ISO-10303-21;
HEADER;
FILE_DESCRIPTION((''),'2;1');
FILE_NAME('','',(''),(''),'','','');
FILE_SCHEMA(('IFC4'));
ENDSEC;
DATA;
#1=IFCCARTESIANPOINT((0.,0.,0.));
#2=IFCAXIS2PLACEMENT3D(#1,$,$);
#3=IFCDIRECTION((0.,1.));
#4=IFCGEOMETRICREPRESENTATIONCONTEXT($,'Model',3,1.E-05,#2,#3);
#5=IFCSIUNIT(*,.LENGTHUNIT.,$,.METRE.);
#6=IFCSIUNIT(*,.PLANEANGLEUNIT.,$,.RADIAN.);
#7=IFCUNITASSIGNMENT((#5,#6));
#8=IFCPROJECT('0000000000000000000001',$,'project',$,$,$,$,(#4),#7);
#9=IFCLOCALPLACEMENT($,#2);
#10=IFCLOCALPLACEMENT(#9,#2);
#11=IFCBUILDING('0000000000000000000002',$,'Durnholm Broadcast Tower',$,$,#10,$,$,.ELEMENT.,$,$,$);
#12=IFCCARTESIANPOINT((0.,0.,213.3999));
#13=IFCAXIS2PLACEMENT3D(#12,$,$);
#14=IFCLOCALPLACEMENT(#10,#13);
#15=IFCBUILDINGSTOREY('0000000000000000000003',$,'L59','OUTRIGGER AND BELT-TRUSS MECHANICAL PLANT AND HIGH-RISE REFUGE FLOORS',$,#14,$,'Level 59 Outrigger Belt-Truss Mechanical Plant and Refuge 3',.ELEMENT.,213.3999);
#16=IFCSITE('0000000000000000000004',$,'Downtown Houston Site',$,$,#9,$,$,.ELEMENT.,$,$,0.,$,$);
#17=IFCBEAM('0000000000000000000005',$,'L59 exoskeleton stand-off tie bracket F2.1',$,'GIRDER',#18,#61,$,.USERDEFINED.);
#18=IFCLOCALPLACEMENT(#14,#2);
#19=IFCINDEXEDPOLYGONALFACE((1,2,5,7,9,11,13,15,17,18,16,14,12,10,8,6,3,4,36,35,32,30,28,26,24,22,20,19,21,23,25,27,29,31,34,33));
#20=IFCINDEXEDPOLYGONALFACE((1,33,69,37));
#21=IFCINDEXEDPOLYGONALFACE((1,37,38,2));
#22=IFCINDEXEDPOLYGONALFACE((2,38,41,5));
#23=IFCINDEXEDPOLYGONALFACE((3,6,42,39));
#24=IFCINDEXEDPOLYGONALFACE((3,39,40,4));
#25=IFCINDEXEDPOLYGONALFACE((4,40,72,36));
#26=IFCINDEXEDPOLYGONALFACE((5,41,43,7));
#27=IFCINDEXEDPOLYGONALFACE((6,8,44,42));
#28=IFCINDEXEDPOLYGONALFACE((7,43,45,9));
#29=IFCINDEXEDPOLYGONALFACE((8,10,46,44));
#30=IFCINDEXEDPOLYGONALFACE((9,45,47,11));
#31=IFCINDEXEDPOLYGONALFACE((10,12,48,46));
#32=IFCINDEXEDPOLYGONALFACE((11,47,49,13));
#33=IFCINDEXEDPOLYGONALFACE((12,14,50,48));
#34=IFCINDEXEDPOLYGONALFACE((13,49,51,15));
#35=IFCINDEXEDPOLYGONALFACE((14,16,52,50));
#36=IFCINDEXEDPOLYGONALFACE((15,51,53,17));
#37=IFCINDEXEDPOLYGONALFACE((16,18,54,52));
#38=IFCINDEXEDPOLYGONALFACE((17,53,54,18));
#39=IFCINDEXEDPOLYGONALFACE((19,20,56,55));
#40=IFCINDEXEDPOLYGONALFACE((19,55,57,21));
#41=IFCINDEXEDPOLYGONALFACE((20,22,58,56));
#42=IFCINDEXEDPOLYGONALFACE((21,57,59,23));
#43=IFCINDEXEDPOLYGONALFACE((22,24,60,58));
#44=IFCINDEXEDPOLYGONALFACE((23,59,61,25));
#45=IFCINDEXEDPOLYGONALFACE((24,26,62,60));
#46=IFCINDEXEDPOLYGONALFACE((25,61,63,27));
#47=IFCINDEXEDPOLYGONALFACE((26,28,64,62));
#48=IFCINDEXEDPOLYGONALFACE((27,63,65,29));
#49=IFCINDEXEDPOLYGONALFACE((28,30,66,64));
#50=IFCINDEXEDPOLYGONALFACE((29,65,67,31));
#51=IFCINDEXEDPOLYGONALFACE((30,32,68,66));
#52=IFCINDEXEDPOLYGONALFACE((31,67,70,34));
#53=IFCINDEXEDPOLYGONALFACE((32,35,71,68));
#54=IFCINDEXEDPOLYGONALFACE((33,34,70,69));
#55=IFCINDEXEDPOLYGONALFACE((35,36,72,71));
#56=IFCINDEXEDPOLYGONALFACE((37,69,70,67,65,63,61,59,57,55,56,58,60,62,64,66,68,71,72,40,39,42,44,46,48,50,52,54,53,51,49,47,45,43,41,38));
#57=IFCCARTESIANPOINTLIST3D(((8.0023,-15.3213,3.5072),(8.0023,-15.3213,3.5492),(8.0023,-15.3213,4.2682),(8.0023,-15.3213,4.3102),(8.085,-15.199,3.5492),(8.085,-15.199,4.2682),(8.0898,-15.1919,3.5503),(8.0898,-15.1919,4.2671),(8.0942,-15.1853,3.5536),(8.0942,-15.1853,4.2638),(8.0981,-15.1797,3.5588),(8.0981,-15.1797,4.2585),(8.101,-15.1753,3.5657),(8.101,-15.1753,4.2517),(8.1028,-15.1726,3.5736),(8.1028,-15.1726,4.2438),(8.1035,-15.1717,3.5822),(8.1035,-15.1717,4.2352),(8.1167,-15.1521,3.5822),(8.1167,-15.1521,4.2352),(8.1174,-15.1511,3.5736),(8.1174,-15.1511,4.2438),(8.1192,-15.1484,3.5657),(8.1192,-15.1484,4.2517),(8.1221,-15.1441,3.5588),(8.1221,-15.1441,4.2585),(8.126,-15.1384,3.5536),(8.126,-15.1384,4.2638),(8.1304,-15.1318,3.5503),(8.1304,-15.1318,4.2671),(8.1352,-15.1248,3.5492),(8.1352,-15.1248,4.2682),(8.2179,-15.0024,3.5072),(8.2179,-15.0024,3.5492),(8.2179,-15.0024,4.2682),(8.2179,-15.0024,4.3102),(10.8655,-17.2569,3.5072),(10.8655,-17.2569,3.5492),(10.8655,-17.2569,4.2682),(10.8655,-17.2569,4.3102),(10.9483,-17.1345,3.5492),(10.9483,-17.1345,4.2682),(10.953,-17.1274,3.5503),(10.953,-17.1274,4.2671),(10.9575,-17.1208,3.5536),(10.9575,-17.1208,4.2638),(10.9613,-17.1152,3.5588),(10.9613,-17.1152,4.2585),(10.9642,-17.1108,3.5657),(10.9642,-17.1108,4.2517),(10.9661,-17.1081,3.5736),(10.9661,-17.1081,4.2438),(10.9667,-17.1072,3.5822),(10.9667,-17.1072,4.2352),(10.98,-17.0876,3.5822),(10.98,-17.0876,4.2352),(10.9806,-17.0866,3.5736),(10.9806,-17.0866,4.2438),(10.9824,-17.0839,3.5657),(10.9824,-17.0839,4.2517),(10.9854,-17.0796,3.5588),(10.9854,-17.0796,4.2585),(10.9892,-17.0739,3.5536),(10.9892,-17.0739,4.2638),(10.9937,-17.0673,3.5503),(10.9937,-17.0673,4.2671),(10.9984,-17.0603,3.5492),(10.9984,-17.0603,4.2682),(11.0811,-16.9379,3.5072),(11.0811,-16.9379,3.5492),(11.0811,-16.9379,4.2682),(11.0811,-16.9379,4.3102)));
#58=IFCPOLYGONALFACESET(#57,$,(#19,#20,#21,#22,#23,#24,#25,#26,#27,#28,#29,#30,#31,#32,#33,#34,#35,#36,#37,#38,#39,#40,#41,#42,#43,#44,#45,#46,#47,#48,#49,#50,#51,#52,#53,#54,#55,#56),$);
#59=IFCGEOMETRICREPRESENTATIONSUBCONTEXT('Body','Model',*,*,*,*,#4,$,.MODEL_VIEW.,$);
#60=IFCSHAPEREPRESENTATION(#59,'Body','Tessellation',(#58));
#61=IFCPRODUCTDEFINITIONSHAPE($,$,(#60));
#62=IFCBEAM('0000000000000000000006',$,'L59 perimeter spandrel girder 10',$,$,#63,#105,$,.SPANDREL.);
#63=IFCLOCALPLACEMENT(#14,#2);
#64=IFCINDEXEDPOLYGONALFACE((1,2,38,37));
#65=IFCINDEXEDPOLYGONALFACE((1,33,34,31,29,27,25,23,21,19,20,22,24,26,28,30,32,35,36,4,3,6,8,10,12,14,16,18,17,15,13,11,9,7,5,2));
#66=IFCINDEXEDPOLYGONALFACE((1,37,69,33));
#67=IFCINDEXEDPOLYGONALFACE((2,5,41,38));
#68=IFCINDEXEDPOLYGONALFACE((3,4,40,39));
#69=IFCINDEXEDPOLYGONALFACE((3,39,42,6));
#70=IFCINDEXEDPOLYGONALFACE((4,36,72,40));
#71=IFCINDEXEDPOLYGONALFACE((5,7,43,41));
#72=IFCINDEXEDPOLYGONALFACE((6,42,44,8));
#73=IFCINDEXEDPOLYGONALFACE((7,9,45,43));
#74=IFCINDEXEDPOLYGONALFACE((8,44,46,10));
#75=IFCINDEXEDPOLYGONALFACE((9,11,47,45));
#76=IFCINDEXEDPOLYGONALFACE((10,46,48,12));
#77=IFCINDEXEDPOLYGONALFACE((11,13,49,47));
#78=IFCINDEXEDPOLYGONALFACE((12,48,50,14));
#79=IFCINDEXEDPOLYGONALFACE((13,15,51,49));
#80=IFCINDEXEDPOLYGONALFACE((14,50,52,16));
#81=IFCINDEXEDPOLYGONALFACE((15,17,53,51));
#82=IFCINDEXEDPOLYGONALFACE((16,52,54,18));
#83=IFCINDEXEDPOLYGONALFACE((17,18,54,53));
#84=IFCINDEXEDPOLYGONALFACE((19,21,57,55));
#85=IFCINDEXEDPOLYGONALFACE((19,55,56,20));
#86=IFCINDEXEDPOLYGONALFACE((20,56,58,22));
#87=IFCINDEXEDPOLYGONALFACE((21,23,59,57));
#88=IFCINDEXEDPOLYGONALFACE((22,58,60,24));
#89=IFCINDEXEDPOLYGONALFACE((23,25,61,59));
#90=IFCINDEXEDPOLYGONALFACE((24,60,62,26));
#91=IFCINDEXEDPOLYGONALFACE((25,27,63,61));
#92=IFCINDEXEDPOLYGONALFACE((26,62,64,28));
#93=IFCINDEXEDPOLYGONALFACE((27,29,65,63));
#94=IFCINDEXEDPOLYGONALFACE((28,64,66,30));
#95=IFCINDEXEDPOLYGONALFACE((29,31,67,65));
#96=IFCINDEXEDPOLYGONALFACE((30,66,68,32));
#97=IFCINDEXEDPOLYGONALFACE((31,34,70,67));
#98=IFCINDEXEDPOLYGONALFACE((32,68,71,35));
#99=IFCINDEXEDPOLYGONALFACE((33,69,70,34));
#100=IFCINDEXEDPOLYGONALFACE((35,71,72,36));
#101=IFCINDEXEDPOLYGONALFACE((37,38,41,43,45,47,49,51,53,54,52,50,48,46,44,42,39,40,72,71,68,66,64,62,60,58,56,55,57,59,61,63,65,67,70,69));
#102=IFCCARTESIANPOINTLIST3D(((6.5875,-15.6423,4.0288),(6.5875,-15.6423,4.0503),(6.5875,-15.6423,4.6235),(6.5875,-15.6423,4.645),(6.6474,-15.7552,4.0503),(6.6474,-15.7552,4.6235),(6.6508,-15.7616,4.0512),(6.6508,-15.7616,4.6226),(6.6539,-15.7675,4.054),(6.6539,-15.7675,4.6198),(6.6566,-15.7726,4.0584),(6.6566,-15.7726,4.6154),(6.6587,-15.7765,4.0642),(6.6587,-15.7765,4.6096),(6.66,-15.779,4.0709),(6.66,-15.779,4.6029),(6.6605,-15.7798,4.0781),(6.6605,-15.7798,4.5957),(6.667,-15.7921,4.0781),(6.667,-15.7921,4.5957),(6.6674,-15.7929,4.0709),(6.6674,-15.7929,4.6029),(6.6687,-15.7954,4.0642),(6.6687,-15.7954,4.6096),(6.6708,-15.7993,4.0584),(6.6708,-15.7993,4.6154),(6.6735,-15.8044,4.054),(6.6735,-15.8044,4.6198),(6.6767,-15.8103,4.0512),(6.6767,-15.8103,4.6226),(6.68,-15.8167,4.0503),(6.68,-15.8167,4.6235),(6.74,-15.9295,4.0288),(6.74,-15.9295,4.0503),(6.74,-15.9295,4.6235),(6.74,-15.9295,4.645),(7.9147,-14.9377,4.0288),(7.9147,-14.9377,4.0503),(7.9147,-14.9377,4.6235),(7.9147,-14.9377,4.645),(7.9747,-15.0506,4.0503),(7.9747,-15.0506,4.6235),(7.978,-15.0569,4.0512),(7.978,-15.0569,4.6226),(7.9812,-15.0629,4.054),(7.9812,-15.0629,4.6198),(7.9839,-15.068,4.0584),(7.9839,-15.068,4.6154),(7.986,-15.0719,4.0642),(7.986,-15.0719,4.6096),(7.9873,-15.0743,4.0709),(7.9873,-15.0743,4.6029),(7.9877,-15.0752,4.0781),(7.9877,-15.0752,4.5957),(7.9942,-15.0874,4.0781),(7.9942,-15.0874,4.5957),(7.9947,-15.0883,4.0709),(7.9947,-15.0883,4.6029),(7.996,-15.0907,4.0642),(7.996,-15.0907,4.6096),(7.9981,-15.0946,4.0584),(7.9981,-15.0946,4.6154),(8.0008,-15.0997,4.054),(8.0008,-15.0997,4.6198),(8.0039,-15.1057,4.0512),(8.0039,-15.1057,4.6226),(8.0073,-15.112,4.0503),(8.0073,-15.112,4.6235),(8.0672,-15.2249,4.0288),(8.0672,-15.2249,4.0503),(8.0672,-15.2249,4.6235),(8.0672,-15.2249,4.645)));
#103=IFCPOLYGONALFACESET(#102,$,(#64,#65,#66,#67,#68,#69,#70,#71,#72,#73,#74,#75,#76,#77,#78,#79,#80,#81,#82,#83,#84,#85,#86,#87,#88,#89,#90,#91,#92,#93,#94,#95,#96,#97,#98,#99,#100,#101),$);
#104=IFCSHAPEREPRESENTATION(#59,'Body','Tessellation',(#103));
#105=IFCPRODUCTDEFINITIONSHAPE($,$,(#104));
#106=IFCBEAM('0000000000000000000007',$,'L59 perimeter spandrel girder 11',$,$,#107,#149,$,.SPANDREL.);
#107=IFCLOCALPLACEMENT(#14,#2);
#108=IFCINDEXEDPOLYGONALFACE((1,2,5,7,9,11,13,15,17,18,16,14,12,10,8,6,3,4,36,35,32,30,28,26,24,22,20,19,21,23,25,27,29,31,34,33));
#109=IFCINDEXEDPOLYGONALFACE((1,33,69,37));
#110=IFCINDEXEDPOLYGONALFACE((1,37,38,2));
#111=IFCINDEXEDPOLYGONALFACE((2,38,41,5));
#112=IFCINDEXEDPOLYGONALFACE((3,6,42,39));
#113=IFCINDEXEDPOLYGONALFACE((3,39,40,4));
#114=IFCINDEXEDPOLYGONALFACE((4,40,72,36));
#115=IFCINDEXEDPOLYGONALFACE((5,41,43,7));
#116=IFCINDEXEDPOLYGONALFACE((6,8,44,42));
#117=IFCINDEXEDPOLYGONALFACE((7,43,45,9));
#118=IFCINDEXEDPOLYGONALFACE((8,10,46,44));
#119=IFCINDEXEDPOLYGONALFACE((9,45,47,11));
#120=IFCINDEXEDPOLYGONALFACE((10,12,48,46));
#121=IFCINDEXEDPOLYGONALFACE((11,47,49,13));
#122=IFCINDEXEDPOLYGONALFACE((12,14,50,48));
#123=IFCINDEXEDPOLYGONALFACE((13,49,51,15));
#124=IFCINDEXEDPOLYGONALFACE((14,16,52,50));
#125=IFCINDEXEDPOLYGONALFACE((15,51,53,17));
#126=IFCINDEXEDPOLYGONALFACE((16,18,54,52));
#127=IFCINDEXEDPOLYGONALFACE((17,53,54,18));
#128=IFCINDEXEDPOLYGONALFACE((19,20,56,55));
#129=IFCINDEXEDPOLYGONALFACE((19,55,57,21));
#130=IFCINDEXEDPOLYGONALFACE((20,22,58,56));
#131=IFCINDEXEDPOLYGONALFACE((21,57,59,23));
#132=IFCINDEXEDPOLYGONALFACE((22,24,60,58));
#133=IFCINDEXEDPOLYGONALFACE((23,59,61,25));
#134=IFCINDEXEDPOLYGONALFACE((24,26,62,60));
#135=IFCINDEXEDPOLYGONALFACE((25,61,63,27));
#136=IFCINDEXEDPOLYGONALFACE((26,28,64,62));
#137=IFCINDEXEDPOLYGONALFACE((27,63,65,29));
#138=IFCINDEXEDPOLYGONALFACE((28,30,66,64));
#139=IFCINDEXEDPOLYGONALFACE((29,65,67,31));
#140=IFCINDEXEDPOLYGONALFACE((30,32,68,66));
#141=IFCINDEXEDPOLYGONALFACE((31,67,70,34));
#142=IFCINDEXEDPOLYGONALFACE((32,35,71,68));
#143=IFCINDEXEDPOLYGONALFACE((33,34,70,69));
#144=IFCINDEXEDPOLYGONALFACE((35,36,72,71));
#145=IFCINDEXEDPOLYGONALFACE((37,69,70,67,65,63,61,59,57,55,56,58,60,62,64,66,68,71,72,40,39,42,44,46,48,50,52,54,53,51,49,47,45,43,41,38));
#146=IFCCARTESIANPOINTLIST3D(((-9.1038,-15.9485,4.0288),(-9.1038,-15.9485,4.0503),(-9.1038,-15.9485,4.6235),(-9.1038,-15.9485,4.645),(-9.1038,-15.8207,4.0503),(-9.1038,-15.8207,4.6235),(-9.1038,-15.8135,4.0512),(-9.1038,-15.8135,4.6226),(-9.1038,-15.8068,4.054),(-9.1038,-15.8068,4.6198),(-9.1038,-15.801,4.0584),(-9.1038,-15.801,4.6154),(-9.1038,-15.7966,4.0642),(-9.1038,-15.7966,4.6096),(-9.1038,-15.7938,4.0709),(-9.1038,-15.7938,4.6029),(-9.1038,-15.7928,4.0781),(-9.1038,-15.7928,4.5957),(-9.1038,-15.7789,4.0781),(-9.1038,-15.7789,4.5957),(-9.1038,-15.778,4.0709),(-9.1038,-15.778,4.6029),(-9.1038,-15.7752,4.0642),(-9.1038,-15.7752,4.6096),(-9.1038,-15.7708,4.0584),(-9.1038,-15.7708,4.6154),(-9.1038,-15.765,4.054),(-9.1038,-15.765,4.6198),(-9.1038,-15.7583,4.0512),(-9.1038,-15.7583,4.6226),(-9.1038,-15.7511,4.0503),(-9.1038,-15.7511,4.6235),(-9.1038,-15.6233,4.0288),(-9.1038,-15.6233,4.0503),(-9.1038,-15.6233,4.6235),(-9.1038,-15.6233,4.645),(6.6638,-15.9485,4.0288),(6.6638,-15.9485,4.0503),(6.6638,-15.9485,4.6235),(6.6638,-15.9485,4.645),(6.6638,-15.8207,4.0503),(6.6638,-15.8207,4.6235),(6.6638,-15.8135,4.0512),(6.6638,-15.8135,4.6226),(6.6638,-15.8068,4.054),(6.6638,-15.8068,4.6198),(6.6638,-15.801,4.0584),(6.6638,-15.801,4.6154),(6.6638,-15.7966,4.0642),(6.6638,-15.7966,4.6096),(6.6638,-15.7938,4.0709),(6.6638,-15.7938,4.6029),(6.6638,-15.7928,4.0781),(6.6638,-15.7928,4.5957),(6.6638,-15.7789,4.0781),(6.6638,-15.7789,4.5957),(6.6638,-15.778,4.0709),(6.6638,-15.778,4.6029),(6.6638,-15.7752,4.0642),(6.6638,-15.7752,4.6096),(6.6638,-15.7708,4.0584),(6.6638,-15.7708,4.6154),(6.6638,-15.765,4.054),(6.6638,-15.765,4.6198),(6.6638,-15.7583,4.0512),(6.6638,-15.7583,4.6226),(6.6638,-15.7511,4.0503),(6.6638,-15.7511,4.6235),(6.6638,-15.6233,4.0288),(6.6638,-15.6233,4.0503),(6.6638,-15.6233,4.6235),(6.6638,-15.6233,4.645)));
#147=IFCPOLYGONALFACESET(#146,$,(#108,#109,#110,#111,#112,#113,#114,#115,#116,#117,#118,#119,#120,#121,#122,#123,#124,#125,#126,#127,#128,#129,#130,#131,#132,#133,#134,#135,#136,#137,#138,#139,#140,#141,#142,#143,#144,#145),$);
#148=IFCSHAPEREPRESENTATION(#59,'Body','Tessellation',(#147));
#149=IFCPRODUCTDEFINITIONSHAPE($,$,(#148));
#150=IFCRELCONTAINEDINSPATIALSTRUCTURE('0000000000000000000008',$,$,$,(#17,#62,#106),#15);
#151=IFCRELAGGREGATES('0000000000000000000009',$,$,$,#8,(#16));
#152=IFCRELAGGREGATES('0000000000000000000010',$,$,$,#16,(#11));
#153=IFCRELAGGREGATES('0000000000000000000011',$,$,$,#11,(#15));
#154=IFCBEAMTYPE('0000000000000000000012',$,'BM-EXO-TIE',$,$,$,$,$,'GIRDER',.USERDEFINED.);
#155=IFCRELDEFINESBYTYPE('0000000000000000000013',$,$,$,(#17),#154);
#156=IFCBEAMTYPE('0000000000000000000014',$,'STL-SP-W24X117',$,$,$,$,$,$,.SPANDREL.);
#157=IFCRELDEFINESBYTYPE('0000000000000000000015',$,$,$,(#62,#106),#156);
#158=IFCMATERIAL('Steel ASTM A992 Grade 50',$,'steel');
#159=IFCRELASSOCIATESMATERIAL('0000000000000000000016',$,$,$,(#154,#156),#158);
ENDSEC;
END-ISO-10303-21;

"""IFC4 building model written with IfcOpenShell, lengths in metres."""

from ifc_helpers import new_model, si_unit, direction, frame, origin, origin_2d, place, context, subcontext, project, spatial, i_section, extrude, source, transform, mapped, material, material_profile, profile_set, type_object, type_shapes, element, save


model = new_model("IFC4")

# Units and contexts
model_context = context("Model", 3, precision=1e-05, world=origin(), true_north=direction((0.0, 1.0)))
body_context = subcontext(model_context, "Body", "Model", "MODEL_VIEW")
ifc_project = project(units=[si_unit("LENGTHUNIT", "METRE"), si_unit("PLANEANGLEUNIT", "RADIAN")], contexts=[model_context])

# Site, building, storey
site_placement = place(None, origin())
site = spatial("IfcSite", under=ifc_project, at=site_placement, Name="Downtown Houston Site", CompositionType="ELEMENT", RefElevation=0.0)
building_placement = place(site_placement, origin())
building = spatial("IfcBuilding", under=site, at=building_placement, Name="Durnholm Broadcast Tower", CompositionType="ELEMENT")
storey_placement = place(building_placement, frame((0.0, 0.0, 213.3999)))
storey = spatial("IfcBuildingStorey", under=building, at=storey_placement, Name="L59", Description="OUTRIGGER AND BELT-TRUSS MECHANICAL PLANT AND HIGH-RISE REFUGE FLOORS", LongName="Level 59 Outrigger Belt-Truss Mechanical Plant and Refuge 3", CompositionType="ELEMENT", Elevation=213.3999)

# Beams
ifc_material_1 = material(Name="Steel ASTM A992 Grade 50", Category="steel")
ifc_material_profile_1 = material_profile(ifc_material_1, i_section(OverallWidth=0.385, OverallDepth=0.803, WebThickness=0.0237, FlangeThickness=0.042, FilletRadius=0.033, at=origin_2d()), Name="W30X261")
ifc_profile_set_1 = profile_set([ifc_material_profile_1], Name="Steel ASTM A992 Grade 50")
beam_type_1 = type_object("IfcBeamType", Name="BM-EXO-TIE", ElementType="GIRDER", PredefinedType="USERDEFINED", material=ifc_profile_set_1)
shared_shape_1 = source(origin(), body_context, "Body", "SweptSolid", [
    extrude(i_section(OverallWidth=0.385, OverallDepth=0.803, WebThickness=0.0237, FlangeThickness=0.042, FilletRadius=0.033, at=origin_2d()), origin(), (0.0, 0.0, 1.0), 3.4561),
])
type_shapes(beam_type_1, [shared_shape_1])
for number, where, z_axis, x_axis, name in (
    (1, (8.1101, -15.1619, 3.9087), (0.828468, -0.560036, 0.0), (0.560036, 0.828468, 0.0), "L59 exoskeleton stand-off tie bracket F2.1"),
):
    element("IfcBeam", number, at=place(storey_placement, frame(where, z_axis=z_axis, x_axis=x_axis)), inside=storey, type_object=beam_type_1, Name=name, ObjectType="GIRDER", PredefinedType="USERDEFINED", context=body_context, shape_type="MappedRepresentation", body=[
        mapped(shared_shape_1, transform((0.0, 0.0, 0.0), x_axis=(1.0, 0.0, 0.0), y_axis=(0.0, 1.0, 0.0), z_axis=(0.0, 0.0, 1.0), scale=1.0)),
    ])
ifc_material_profile_2 = material_profile(ifc_material_1, i_section(OverallWidth=0.3252, OverallDepth=0.6162, WebThickness=0.0139, FlangeThickness=0.0215, FilletRadius=0.0278, at=origin_2d()), Name="W24X117")
ifc_profile_set_2 = profile_set([ifc_material_profile_2], Name="Steel ASTM A992 Grade 50")
beam_type_2 = type_object("IfcBeamType", Name="STL-SP-W24X117", PredefinedType="SPANDREL", material=ifc_profile_set_2)
shared_shape_2 = source(origin(), body_context, "Body", "SweptSolid", [
    extrude(i_section(OverallWidth=0.3252, OverallDepth=0.6162, WebThickness=0.0139, FlangeThickness=0.0215, FilletRadius=0.0278, at=origin_2d()), origin(), (0.0, 0.0, 1.0), 1.5027),
])
beam_1_placement = place(storey_placement, frame((7.991, -15.0813, 4.3369), z_axis=(-0.883242, -0.468918, 0.0), x_axis=(0.468918, -0.883242, 0.0)))
element("IfcBeam", 2, at=beam_1_placement, inside=storey, type_object=beam_type_2, Name="L59 perimeter spandrel girder 10", PredefinedType="SPANDREL", context=body_context, shape_type="MappedRepresentation", body=[
    mapped(shared_shape_2, transform((0.0, 0.0, 0.0), x_axis=(1.0, 0.0, 0.0), y_axis=(0.0, 1.0, 0.0), z_axis=(0.0, 0.0, 1.0), scale=1.0)),
])
shared_shape_3 = source(origin(), body_context, "Body", "SweptSolid", [
    extrude(i_section(OverallWidth=0.3252, OverallDepth=0.6162, WebThickness=0.0139, FlangeThickness=0.0215, FilletRadius=0.0278, at=origin_2d()), origin(), (0.0, 0.0, 1.0), 15.7676),
])
type_shapes(beam_type_2, [shared_shape_2, shared_shape_3])
beam_2_placement = place(storey_placement, frame((6.6638, -15.7859, 4.3369), z_axis=(-1.0, 0.0, 0.0), x_axis=(0.0, -1.0, 0.0)))
element("IfcBeam", 3, at=beam_2_placement, inside=storey, type_object=beam_type_2, Name="L59 perimeter spandrel girder 11", PredefinedType="SPANDREL", context=body_context, shape_type="MappedRepresentation", body=[
    mapped(shared_shape_3, transform((0.0, 0.0, 0.0), x_axis=(1.0, 0.0, 0.0), y_axis=(0.0, 1.0, 0.0), z_axis=(0.0, 0.0, 1.0), scale=1.0)),
])

save(model, "model.ifc")
